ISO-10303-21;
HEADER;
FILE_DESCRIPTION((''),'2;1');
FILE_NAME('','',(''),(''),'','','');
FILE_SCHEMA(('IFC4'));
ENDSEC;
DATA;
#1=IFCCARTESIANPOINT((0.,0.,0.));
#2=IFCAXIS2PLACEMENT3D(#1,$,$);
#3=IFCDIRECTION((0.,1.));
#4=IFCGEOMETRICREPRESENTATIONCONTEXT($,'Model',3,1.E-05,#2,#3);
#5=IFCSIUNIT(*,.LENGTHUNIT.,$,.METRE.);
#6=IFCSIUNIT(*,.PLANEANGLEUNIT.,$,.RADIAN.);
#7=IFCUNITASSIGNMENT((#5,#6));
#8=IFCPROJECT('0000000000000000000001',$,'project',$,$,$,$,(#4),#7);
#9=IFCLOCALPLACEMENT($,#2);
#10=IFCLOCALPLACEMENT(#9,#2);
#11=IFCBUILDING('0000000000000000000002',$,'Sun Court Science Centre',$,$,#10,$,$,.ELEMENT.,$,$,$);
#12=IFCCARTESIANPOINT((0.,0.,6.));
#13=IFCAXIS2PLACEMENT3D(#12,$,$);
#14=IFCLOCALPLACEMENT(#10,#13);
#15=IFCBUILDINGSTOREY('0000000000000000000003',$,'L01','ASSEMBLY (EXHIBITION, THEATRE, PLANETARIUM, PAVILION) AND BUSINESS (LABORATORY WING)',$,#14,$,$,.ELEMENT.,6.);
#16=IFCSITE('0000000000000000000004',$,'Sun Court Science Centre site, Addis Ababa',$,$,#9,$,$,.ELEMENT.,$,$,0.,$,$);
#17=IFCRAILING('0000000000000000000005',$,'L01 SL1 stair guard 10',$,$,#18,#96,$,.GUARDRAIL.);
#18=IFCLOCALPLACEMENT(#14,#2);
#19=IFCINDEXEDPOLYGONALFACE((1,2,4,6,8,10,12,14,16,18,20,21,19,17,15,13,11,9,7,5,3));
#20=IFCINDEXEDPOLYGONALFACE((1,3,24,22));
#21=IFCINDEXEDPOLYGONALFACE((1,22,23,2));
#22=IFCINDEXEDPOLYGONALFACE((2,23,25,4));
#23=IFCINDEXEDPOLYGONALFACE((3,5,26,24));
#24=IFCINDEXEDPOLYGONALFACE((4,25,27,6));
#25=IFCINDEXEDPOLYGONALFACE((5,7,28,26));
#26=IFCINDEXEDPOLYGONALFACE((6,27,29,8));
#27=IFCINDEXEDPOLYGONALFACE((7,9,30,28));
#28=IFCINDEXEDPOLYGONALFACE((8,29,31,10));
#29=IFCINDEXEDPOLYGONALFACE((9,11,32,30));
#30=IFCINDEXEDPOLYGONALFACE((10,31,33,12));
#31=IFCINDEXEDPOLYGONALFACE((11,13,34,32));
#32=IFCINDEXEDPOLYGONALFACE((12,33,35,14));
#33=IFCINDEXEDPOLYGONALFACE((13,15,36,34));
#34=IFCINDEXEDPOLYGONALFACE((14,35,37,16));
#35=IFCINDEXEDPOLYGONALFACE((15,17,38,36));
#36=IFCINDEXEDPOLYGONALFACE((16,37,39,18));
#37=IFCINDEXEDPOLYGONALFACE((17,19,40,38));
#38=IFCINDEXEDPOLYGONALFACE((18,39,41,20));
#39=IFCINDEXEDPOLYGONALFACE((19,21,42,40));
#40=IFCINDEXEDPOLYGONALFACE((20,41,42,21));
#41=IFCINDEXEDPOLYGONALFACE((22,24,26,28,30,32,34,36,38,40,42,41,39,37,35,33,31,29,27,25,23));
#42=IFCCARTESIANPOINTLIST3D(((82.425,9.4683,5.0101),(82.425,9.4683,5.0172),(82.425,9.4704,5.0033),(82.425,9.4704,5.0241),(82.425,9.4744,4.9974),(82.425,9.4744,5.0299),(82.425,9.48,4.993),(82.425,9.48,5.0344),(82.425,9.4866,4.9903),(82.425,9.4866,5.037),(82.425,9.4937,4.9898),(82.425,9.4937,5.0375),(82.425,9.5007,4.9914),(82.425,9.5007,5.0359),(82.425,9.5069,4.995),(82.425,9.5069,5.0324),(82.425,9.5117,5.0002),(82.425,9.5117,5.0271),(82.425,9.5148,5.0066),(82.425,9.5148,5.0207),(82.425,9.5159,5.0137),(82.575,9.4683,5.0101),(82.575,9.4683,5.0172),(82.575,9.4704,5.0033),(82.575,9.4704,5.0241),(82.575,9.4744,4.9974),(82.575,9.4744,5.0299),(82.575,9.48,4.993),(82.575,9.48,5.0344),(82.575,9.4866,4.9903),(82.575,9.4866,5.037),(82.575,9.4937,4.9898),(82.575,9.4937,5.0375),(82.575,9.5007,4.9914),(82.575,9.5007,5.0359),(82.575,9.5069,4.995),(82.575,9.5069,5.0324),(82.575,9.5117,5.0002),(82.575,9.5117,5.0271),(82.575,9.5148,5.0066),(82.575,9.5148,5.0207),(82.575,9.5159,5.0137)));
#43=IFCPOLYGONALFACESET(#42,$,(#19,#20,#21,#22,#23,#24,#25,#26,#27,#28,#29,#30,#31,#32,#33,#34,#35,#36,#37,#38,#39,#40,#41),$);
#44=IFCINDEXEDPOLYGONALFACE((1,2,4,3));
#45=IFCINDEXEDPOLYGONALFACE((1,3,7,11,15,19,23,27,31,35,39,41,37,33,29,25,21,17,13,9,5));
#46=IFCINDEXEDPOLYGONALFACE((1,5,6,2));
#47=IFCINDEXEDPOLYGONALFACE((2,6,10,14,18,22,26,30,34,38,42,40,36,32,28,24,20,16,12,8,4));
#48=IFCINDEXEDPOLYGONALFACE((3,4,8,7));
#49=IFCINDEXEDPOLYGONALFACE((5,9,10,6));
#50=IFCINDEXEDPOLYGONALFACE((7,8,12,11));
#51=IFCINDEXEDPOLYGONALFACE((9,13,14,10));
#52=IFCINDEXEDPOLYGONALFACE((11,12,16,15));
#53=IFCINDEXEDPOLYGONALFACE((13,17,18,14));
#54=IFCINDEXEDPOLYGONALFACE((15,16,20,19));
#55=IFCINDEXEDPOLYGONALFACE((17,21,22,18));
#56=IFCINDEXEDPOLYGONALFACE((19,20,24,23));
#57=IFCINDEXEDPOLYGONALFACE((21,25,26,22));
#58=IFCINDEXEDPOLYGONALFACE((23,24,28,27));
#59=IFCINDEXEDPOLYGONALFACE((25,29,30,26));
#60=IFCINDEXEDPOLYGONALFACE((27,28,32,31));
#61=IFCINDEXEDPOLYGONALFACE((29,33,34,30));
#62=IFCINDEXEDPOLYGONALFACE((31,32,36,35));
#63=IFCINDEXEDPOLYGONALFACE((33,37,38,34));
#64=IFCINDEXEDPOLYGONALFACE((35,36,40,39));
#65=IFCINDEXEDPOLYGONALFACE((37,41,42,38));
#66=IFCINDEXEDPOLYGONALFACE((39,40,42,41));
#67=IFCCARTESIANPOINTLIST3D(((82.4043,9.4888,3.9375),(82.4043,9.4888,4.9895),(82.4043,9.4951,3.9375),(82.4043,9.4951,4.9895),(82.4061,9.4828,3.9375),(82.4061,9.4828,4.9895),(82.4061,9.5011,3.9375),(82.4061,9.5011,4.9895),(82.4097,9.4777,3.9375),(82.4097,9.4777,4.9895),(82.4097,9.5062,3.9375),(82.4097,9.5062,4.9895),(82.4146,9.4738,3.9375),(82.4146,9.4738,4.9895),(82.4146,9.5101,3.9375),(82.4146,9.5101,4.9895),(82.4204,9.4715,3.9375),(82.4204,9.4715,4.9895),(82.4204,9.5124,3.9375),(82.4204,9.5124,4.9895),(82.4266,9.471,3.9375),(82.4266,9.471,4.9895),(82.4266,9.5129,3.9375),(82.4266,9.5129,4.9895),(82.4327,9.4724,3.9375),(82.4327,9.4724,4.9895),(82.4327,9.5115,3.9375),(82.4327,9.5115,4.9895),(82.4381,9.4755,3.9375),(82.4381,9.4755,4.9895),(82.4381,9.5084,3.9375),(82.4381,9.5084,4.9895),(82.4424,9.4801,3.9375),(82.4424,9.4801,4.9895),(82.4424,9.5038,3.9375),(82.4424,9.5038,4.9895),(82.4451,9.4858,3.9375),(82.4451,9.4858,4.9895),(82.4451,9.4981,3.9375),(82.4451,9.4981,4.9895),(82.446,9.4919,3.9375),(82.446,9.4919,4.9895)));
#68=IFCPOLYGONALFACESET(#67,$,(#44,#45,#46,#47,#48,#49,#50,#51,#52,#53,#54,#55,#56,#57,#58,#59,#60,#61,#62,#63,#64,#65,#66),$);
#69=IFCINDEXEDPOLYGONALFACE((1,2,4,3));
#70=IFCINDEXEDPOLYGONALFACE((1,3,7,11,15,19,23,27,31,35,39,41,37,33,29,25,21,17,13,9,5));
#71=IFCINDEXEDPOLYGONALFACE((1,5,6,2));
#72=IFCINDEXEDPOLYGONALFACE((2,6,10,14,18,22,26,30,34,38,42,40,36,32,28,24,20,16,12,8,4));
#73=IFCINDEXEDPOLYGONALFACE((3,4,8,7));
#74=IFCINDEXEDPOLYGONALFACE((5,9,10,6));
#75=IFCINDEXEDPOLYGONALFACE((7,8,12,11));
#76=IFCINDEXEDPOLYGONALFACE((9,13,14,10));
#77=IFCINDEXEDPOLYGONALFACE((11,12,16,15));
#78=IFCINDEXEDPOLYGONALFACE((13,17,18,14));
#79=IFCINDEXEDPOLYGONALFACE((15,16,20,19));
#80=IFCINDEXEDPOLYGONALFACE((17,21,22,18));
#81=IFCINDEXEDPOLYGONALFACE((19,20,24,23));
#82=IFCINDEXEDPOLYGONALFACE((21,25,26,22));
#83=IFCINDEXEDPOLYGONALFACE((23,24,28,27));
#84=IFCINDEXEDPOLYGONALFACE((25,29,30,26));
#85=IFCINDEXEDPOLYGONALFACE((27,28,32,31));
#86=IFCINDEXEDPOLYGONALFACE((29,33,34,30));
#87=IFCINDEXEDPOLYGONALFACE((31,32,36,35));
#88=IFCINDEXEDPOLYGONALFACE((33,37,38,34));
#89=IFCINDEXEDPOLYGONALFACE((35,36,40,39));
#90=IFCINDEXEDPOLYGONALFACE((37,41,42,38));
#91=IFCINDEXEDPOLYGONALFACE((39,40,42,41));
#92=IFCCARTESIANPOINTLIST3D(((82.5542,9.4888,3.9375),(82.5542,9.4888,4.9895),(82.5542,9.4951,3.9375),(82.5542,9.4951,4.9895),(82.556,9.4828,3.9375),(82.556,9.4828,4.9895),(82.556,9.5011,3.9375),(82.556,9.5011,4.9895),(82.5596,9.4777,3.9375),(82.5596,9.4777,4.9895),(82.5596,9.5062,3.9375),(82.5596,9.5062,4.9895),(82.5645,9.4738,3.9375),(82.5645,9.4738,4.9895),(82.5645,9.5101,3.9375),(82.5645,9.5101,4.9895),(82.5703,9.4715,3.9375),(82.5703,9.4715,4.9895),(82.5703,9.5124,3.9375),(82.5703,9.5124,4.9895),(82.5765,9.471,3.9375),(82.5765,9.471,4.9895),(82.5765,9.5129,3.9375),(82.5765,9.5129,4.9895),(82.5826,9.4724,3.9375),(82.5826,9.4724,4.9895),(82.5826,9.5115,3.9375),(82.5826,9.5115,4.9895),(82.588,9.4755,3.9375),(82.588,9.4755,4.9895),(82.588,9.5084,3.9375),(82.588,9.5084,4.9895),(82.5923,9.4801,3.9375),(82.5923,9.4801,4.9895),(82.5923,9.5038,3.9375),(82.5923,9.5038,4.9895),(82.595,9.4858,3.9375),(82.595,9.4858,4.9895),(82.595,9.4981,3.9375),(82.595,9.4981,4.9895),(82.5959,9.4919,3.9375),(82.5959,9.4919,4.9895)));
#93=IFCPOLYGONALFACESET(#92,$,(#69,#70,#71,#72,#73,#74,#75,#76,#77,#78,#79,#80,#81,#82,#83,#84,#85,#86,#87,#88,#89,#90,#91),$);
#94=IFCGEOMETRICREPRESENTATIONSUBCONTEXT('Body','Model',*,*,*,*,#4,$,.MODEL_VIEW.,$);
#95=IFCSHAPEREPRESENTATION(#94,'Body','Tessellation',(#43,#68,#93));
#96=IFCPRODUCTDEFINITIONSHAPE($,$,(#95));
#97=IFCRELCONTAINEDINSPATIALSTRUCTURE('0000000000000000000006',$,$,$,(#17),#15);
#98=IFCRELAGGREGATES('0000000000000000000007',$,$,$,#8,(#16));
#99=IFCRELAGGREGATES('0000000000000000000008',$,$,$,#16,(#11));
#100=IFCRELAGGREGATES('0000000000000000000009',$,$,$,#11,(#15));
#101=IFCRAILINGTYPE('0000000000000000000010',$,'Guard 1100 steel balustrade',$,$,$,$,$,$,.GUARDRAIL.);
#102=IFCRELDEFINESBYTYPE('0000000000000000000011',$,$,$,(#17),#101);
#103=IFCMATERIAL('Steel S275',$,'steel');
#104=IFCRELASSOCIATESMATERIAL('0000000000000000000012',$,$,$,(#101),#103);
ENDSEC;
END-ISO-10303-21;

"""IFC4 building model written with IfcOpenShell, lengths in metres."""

from ifc_helpers import new_model, si_unit, direction, frame, origin, origin_2d, place, context, subcontext, project, spatial, circle, extrude, material, type_object, element, save


model = new_model("IFC4")

# Units and contexts
model_context = context("Model", 3, precision=1e-05, world=origin(), true_north=direction((0.0, 1.0)))
body_context = subcontext(model_context, "Body", "Model", "MODEL_VIEW")
ifc_project = project(units=[si_unit("LENGTHUNIT", "METRE"), si_unit("PLANEANGLEUNIT", "RADIAN")], contexts=[model_context])

# Site, building, storey
site_placement = place(None, origin())
site = spatial("IfcSite", under=ifc_project, at=site_placement, Name="Sun Court Science Centre site, Addis Ababa", CompositionType="ELEMENT", RefElevation=0.0)
building_placement = place(site_placement, origin())
building = spatial("IfcBuilding", under=site, at=building_placement, Name="Sun Court Science Centre", CompositionType="ELEMENT")
storey_placement = place(building_placement, frame((0.0, 0.0, 6.0)))
storey = spatial("IfcBuildingStorey", under=building, at=storey_placement, Name="L01", Description="ASSEMBLY (EXHIBITION, THEATRE, PLANETARIUM, PAVILION) AND BUSINESS (LABORATORY WING)", CompositionType="ELEMENT", Elevation=6.0)

# Railing
ifc_material_1 = material(Name="Steel S275", Category="steel")
railing_type = type_object("IfcRailingType", Name="Guard 1100 steel balustrade", PredefinedType="GUARDRAIL", material=ifc_material_1)
railing_1_placement = place(storey_placement, frame((82.425, 9.4919, 3.9375)))
element("IfcRailing", 1, at=railing_1_placement, inside=storey, type_object=railing_type, Name="L01 SL1 stair guard 10", PredefinedType="GUARDRAIL", context=body_context, shape_type="SweptSolid", body=[
    extrude(circle(Radius=0.0239, at=origin_2d()), frame((0.0, 0.0, 1.0762), z_axis=(1.0, 0.0, 0.0), x_axis=(0.0, 1.0, 0.0)), (0.0, 0.0, 1.0), 0.1499),
    extrude(circle(Radius=0.021, at=origin_2d()), origin(), (0.0, 0.0, 1.0), 1.052),
    extrude(circle(Radius=0.021, at=origin_2d()), frame((0.1499, 0.0, 0.0)), (0.0, 0.0, 1.0), 1.052),
])

save(model, "model.ifc")
